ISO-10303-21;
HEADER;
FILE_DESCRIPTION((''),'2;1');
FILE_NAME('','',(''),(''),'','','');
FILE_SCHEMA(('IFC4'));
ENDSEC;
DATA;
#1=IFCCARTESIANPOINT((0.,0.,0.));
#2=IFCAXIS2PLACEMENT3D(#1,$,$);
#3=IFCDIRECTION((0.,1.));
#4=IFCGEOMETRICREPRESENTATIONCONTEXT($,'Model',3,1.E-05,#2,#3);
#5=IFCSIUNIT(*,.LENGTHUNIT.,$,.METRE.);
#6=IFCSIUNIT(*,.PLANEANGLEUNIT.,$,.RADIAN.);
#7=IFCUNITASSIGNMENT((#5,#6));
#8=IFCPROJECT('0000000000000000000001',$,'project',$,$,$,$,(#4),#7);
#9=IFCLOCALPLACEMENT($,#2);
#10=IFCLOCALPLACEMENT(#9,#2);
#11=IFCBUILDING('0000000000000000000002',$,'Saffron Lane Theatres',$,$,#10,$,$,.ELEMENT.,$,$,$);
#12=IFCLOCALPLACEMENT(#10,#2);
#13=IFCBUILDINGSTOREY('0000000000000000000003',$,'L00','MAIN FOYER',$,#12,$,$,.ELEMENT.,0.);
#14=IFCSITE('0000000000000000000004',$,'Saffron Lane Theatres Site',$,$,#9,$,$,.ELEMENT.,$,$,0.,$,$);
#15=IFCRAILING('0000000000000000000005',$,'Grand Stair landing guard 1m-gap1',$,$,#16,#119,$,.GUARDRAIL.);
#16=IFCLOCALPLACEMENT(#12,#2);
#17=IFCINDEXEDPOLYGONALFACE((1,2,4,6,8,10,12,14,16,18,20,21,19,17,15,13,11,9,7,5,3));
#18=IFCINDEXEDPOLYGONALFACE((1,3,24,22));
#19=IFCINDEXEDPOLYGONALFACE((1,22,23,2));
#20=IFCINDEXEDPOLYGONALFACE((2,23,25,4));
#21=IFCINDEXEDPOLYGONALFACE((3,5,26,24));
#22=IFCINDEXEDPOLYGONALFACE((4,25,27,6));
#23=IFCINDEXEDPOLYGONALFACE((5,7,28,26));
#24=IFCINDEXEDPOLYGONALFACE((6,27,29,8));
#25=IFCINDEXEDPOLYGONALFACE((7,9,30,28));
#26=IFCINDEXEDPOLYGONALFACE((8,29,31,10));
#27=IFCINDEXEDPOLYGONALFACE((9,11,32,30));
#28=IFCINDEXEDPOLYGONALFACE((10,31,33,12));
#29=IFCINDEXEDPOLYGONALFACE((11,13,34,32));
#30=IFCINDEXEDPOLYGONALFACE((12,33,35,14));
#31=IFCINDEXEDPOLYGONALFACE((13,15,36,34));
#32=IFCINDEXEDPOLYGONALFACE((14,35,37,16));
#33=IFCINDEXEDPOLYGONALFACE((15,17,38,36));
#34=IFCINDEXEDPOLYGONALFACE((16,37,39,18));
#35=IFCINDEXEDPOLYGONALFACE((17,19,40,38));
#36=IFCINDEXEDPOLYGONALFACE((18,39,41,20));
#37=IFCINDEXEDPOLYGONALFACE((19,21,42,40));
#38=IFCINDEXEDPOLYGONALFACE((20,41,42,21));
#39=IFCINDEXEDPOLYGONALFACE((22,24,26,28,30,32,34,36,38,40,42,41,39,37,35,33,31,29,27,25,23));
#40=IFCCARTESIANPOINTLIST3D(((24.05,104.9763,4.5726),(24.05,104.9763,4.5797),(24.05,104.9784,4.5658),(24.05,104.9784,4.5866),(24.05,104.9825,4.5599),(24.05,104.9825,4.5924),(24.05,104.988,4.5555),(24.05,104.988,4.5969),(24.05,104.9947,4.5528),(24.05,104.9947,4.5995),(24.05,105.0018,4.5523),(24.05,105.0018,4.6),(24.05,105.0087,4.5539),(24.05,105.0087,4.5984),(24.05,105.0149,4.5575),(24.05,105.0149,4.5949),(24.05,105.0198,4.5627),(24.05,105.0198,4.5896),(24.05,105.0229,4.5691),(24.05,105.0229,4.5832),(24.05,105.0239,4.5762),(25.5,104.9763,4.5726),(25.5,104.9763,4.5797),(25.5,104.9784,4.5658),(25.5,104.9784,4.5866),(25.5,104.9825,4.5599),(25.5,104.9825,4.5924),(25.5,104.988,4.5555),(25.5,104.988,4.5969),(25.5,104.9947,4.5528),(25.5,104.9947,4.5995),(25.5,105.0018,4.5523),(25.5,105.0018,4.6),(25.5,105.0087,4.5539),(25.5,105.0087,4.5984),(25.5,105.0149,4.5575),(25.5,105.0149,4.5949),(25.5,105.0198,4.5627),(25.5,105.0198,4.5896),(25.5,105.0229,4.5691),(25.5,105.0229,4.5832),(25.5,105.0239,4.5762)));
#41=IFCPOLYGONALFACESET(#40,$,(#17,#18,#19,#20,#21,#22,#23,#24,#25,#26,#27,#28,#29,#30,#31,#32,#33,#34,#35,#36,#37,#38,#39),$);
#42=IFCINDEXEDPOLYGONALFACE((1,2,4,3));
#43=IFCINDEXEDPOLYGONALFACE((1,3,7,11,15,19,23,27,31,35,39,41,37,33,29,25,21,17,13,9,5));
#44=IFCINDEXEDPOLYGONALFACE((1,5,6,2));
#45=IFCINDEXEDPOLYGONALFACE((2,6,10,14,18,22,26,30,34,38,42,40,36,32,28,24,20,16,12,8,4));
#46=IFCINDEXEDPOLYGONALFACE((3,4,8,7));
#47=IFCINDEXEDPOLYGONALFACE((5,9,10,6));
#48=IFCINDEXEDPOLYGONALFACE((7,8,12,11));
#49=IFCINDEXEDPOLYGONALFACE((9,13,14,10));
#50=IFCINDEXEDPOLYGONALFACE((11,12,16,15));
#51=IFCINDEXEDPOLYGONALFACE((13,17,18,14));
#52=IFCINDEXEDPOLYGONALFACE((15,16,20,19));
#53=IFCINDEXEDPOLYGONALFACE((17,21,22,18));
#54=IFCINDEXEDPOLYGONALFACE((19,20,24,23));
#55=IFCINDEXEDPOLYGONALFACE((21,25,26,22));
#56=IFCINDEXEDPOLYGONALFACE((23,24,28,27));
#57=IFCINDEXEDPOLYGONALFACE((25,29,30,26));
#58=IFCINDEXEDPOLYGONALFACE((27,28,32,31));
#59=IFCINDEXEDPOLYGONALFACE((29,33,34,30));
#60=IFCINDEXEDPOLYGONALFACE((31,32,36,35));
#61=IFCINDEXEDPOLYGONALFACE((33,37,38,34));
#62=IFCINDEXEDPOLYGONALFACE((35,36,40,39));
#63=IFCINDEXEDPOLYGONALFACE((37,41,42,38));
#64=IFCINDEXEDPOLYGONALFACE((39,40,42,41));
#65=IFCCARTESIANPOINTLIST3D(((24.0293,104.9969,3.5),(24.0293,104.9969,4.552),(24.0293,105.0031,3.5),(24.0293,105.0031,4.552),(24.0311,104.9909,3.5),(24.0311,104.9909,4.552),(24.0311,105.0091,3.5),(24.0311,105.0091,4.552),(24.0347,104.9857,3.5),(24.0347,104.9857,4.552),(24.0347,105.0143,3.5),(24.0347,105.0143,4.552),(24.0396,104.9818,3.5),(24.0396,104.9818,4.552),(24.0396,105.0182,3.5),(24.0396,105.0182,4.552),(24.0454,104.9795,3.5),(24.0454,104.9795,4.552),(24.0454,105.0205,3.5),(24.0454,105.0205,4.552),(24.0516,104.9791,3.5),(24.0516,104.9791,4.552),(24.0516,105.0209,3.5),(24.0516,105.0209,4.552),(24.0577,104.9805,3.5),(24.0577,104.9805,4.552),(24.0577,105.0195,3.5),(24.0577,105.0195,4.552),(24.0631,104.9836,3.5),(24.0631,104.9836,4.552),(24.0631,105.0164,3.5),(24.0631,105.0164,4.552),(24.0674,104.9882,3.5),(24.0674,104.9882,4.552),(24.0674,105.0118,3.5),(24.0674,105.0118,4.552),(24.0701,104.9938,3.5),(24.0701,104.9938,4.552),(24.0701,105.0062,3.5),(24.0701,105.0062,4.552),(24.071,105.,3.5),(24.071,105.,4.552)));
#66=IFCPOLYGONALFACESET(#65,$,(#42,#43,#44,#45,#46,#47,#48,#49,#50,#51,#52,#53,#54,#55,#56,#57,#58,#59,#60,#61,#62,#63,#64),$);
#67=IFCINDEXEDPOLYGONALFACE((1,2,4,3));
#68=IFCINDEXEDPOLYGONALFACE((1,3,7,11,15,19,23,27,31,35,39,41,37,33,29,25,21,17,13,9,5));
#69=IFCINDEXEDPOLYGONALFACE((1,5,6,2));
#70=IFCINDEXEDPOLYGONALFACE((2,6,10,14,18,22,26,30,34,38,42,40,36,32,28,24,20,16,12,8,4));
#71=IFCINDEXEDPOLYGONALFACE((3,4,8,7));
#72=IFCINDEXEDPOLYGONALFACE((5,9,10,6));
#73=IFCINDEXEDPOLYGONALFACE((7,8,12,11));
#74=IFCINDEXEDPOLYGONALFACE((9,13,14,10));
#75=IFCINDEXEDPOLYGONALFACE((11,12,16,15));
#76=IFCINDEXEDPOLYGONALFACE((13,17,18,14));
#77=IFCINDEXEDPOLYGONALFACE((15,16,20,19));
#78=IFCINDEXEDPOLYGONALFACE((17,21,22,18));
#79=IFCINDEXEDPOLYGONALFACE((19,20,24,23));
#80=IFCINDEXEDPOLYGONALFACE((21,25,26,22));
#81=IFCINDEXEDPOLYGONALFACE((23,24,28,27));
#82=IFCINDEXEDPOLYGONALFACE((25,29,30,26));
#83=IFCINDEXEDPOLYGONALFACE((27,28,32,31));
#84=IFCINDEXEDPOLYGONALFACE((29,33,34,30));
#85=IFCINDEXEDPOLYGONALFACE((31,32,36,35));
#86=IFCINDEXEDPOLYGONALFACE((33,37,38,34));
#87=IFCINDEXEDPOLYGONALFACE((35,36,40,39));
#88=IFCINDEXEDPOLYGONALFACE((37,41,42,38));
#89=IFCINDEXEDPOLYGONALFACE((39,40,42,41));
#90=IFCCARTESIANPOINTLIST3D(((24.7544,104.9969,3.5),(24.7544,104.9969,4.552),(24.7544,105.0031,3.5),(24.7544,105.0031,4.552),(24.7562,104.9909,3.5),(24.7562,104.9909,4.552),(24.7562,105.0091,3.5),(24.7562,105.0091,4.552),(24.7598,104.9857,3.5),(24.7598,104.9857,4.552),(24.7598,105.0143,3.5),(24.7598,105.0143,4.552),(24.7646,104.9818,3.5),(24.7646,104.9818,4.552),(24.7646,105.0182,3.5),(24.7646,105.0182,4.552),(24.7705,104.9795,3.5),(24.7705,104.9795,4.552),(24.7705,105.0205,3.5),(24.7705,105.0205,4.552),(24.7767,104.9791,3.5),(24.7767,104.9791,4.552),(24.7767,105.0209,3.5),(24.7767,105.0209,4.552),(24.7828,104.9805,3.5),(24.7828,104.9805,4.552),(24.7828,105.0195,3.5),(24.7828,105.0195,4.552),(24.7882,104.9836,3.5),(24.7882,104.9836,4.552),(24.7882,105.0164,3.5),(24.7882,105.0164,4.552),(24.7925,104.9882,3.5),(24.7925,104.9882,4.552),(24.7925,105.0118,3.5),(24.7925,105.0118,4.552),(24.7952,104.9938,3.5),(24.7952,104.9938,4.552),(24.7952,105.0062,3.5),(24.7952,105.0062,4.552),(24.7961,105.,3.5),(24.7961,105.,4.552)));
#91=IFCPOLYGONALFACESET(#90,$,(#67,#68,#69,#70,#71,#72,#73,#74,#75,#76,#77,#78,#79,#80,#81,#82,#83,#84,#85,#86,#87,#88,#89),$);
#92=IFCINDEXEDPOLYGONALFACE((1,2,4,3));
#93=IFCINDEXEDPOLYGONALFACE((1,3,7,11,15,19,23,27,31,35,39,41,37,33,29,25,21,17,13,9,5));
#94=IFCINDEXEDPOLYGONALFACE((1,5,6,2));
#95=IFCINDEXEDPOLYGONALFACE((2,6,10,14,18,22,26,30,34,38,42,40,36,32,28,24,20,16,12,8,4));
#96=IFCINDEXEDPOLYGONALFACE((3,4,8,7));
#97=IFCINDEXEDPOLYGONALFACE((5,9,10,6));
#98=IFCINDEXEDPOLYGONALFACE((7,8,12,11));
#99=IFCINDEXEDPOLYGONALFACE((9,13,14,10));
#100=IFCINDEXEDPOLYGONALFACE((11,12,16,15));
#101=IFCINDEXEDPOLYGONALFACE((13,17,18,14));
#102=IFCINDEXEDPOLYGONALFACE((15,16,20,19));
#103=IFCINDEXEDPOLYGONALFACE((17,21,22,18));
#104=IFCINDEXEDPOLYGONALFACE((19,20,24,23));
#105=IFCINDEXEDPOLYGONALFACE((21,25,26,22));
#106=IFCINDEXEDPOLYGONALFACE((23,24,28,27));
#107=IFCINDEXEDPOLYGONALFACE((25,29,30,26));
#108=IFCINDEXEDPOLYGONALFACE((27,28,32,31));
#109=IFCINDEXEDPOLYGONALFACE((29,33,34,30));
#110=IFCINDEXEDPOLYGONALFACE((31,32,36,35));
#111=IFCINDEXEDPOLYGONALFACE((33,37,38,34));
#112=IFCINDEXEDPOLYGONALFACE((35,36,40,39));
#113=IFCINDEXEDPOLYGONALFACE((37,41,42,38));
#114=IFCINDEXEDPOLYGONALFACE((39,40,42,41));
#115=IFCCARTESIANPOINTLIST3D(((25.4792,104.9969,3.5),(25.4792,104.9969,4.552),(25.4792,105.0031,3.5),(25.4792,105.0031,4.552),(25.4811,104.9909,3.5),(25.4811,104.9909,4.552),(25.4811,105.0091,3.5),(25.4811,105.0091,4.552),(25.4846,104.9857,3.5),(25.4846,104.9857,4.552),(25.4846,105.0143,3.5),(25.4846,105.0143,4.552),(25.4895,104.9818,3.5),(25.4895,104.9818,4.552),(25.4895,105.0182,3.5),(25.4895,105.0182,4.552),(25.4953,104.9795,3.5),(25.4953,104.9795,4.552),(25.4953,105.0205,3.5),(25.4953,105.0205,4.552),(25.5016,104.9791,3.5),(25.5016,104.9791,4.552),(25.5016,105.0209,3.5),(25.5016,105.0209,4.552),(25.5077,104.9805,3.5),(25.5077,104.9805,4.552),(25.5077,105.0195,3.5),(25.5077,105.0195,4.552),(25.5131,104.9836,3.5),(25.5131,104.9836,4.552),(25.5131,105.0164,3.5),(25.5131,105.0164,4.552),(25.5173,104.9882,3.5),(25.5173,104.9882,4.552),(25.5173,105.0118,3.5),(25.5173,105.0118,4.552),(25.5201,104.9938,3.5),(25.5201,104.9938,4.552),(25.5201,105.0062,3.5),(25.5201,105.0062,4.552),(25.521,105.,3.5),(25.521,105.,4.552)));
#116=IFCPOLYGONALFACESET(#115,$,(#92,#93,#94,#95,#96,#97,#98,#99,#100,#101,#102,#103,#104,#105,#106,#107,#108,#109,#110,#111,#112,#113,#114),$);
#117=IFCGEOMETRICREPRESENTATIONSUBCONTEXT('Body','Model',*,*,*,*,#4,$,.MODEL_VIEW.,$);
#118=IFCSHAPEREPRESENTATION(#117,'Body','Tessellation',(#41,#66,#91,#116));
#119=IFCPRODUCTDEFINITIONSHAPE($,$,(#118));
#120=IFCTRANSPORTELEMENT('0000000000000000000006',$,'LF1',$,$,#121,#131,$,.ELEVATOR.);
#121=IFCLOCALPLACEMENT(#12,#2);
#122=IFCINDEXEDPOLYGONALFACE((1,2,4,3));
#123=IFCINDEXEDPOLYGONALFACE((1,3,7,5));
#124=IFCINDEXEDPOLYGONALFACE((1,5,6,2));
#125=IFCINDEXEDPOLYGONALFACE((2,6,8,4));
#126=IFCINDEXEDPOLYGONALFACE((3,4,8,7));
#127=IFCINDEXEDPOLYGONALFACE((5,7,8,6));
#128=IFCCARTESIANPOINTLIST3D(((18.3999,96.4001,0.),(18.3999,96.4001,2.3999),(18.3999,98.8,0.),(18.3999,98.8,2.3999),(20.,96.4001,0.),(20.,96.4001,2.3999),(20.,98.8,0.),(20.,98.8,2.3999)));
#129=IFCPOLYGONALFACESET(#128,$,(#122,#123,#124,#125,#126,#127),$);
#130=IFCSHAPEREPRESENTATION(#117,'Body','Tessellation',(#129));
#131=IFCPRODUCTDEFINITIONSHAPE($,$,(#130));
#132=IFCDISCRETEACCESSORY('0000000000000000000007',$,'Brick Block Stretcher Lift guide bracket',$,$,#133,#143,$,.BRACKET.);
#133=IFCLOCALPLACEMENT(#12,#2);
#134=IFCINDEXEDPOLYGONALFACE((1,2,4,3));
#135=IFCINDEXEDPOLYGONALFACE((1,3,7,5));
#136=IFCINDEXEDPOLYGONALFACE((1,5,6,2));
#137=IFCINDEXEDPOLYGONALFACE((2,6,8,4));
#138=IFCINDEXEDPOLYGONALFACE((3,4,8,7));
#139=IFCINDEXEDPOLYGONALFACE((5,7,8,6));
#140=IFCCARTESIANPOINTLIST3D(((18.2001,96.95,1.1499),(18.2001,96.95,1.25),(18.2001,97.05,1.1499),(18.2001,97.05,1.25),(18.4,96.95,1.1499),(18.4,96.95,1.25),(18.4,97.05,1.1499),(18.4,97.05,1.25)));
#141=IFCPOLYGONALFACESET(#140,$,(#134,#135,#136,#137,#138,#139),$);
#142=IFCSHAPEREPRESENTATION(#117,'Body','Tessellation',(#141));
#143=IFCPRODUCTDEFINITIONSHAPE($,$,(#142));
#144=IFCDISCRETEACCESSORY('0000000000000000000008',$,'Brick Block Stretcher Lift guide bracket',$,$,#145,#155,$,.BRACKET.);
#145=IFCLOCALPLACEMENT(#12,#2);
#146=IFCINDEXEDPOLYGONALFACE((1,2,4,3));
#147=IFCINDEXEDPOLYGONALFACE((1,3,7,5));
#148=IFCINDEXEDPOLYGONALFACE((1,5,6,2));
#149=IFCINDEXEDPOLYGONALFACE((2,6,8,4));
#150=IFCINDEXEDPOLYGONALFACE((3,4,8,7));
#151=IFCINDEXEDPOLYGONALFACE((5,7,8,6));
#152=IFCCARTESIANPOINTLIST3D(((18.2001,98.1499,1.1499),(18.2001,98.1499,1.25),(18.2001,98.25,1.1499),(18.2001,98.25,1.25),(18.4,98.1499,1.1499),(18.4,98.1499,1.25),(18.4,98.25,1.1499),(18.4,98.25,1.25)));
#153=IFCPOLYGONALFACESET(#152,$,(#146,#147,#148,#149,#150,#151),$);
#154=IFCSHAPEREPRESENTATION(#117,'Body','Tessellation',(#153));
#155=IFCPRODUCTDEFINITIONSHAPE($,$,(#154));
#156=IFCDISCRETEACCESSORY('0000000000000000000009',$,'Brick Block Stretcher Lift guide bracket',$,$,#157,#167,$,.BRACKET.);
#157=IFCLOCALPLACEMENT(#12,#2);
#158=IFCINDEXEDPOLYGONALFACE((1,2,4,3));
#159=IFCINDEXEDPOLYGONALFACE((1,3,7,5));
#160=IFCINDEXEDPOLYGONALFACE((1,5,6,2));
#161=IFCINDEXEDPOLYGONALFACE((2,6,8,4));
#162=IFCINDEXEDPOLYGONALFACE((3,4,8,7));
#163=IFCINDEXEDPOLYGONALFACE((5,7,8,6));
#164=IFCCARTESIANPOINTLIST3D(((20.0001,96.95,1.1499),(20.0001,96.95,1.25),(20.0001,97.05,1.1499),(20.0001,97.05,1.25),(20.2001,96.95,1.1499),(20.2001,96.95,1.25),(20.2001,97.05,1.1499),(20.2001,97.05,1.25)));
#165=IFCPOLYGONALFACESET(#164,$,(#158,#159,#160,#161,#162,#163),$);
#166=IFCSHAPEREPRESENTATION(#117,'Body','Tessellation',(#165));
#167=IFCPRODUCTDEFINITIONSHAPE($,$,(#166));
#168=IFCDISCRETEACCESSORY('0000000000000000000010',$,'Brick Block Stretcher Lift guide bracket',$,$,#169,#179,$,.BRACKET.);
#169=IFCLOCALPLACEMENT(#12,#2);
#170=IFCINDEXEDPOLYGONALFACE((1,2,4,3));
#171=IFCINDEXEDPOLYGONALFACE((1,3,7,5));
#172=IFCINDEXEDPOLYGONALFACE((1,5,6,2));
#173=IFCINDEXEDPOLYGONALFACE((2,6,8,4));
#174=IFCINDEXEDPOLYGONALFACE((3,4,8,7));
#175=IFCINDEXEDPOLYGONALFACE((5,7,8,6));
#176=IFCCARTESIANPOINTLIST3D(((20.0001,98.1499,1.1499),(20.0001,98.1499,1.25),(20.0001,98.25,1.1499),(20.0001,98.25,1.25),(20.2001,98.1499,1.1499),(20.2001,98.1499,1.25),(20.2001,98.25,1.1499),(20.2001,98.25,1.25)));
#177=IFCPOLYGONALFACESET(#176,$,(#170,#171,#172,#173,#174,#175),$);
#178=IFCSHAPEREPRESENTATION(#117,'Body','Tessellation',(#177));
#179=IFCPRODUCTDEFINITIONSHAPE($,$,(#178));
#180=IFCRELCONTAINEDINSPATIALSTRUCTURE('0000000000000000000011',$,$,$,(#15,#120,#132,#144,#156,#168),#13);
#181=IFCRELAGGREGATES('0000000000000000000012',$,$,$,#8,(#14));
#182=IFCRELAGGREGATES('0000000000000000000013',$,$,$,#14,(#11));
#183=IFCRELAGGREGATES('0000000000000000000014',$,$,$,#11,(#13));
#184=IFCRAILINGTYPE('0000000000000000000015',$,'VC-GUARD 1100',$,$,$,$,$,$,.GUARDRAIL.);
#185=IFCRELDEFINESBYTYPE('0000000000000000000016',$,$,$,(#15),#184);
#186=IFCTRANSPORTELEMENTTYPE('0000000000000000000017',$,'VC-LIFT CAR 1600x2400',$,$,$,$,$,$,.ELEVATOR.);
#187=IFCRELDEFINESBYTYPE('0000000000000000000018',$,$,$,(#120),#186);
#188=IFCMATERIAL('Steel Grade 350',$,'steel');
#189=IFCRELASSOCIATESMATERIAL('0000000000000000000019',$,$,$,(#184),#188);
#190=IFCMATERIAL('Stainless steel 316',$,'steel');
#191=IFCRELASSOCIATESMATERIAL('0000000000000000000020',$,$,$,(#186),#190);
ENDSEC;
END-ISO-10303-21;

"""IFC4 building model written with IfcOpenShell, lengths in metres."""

from ifc_helpers import new_model, si_unit, direction, frame, origin, origin_2d, place, context, subcontext, project, spatial, rectangle, circle, extrude, material, type_object, element, save


model = new_model("IFC4")

# Units and contexts
model_context = context("Model", 3, precision=1e-05, world=origin(), true_north=direction((0.0, 1.0)))
body_context = subcontext(model_context, "Body", "Model", "MODEL_VIEW")
ifc_project = project(units=[si_unit("LENGTHUNIT", "METRE"), si_unit("PLANEANGLEUNIT", "RADIAN")], contexts=[model_context])

# Site, building, storey
site_placement = place(None, origin())
site = spatial("IfcSite", under=ifc_project, at=site_placement, Name="Saffron Lane Theatres Site", CompositionType="ELEMENT", RefElevation=0.0)
building_placement = place(site_placement, origin())
building = spatial("IfcBuilding", under=site, at=building_placement, Name="Saffron Lane Theatres", CompositionType="ELEMENT")
storey_placement = place(building_placement, origin())
storey = spatial("IfcBuildingStorey", under=building, at=storey_placement, Name="L00", Description="MAIN FOYER", CompositionType="ELEMENT", Elevation=0.0)

# Railing
ifc_material_1 = material(Name="Steel Grade 350", Category="steel")
railing_type_1 = type_object("IfcRailingType", Name="VC-GUARD 1100", PredefinedType="GUARDRAIL", material=ifc_material_1)
railing_1_placement = place(storey_placement, frame((24.05, 105.0, 3.5)))
element("IfcRailing", 1, at=railing_1_placement, inside=storey, type_object=railing_type_1, Name="Grand Stair landing guard 1m-gap1", PredefinedType="GUARDRAIL", context=body_context, shape_type="SweptSolid", body=[
    extrude(circle(Radius=0.0239, at=origin_2d()), frame((0.0, 0.0, 1.0762), z_axis=(1.0, 0.0, 0.0), x_axis=(0.0, 1.0, 0.0)), (0.0, 0.0, 1.0), 1.45),
    extrude(circle(Radius=0.021, at=origin_2d()), origin(), (0.0, 0.0, 1.0), 1.052),
    extrude(circle(Radius=0.021, at=origin_2d()), frame((0.7251, 0.0, 0.0)), (0.0, 0.0, 1.0), 1.052),
    extrude(circle(Radius=0.021, at=origin_2d()), frame((1.45, 0.0, 0.0)), (0.0, 0.0, 1.0), 1.052),
])

# Transport element
ifc_material_2 = material(Name="Stainless steel 316", Category="steel")
transport_element_type = type_object("IfcTransportElementType", Name="VC-LIFT CAR 1600x2400", PredefinedType="ELEVATOR", material=ifc_material_2)
transport_element_placement = place(storey_placement, frame((19.2, 97.6001, 0.0), z_axis=(0.0, 0.0, 1.0), x_axis=(1.0, 0.0, 0.0)))
element("IfcTransportElement", 2, at=transport_element_placement, inside=storey, type_object=transport_element_type, Name="LF1", PredefinedType="ELEVATOR", context=body_context, shape_type="SweptSolid", body=[
    extrude(rectangle(XDim=1.6001, YDim=2.3999, at=origin_2d()), origin(), (0.0, 0.0, 1.0), 2.3999),
])

# Discrete accessories
for number, where, z_axis, x_axis, name in (
    (3, (18.3, 97.0, 1.1499), (0.0, 0.0, 1.0), (1.0, 0.0, 0.0), "Brick Block Stretcher Lift guide bracket"),
    (4, (18.3, 98.2, 1.1499), (0.0, 0.0, 1.0), (1.0, 0.0, 0.0), "Brick Block Stretcher Lift guide bracket"),
    (5, (20.1001, 97.0, 1.1499), (0.0, 0.0, 1.0), (1.0, 0.0, 0.0), "Brick Block Stretcher Lift guide bracket"),
    (6, (20.1001, 98.2, 1.1499), (0.0, 0.0, 1.0), (1.0, 0.0, 0.0), "Brick Block Stretcher Lift guide bracket"),
):
    element("IfcDiscreteAccessory", number, at=place(storey_placement, frame(where, z_axis=z_axis, x_axis=x_axis)), inside=storey, Name=name, PredefinedType="BRACKET", context=body_context, shape_type="SweptSolid", body=[
        extrude(rectangle(XDim=0.2, YDim=0.1001, at=origin_2d()), origin(), (0.0, 0.0, 1.0), 0.1001),
    ])

save(model, "model.ifc")
